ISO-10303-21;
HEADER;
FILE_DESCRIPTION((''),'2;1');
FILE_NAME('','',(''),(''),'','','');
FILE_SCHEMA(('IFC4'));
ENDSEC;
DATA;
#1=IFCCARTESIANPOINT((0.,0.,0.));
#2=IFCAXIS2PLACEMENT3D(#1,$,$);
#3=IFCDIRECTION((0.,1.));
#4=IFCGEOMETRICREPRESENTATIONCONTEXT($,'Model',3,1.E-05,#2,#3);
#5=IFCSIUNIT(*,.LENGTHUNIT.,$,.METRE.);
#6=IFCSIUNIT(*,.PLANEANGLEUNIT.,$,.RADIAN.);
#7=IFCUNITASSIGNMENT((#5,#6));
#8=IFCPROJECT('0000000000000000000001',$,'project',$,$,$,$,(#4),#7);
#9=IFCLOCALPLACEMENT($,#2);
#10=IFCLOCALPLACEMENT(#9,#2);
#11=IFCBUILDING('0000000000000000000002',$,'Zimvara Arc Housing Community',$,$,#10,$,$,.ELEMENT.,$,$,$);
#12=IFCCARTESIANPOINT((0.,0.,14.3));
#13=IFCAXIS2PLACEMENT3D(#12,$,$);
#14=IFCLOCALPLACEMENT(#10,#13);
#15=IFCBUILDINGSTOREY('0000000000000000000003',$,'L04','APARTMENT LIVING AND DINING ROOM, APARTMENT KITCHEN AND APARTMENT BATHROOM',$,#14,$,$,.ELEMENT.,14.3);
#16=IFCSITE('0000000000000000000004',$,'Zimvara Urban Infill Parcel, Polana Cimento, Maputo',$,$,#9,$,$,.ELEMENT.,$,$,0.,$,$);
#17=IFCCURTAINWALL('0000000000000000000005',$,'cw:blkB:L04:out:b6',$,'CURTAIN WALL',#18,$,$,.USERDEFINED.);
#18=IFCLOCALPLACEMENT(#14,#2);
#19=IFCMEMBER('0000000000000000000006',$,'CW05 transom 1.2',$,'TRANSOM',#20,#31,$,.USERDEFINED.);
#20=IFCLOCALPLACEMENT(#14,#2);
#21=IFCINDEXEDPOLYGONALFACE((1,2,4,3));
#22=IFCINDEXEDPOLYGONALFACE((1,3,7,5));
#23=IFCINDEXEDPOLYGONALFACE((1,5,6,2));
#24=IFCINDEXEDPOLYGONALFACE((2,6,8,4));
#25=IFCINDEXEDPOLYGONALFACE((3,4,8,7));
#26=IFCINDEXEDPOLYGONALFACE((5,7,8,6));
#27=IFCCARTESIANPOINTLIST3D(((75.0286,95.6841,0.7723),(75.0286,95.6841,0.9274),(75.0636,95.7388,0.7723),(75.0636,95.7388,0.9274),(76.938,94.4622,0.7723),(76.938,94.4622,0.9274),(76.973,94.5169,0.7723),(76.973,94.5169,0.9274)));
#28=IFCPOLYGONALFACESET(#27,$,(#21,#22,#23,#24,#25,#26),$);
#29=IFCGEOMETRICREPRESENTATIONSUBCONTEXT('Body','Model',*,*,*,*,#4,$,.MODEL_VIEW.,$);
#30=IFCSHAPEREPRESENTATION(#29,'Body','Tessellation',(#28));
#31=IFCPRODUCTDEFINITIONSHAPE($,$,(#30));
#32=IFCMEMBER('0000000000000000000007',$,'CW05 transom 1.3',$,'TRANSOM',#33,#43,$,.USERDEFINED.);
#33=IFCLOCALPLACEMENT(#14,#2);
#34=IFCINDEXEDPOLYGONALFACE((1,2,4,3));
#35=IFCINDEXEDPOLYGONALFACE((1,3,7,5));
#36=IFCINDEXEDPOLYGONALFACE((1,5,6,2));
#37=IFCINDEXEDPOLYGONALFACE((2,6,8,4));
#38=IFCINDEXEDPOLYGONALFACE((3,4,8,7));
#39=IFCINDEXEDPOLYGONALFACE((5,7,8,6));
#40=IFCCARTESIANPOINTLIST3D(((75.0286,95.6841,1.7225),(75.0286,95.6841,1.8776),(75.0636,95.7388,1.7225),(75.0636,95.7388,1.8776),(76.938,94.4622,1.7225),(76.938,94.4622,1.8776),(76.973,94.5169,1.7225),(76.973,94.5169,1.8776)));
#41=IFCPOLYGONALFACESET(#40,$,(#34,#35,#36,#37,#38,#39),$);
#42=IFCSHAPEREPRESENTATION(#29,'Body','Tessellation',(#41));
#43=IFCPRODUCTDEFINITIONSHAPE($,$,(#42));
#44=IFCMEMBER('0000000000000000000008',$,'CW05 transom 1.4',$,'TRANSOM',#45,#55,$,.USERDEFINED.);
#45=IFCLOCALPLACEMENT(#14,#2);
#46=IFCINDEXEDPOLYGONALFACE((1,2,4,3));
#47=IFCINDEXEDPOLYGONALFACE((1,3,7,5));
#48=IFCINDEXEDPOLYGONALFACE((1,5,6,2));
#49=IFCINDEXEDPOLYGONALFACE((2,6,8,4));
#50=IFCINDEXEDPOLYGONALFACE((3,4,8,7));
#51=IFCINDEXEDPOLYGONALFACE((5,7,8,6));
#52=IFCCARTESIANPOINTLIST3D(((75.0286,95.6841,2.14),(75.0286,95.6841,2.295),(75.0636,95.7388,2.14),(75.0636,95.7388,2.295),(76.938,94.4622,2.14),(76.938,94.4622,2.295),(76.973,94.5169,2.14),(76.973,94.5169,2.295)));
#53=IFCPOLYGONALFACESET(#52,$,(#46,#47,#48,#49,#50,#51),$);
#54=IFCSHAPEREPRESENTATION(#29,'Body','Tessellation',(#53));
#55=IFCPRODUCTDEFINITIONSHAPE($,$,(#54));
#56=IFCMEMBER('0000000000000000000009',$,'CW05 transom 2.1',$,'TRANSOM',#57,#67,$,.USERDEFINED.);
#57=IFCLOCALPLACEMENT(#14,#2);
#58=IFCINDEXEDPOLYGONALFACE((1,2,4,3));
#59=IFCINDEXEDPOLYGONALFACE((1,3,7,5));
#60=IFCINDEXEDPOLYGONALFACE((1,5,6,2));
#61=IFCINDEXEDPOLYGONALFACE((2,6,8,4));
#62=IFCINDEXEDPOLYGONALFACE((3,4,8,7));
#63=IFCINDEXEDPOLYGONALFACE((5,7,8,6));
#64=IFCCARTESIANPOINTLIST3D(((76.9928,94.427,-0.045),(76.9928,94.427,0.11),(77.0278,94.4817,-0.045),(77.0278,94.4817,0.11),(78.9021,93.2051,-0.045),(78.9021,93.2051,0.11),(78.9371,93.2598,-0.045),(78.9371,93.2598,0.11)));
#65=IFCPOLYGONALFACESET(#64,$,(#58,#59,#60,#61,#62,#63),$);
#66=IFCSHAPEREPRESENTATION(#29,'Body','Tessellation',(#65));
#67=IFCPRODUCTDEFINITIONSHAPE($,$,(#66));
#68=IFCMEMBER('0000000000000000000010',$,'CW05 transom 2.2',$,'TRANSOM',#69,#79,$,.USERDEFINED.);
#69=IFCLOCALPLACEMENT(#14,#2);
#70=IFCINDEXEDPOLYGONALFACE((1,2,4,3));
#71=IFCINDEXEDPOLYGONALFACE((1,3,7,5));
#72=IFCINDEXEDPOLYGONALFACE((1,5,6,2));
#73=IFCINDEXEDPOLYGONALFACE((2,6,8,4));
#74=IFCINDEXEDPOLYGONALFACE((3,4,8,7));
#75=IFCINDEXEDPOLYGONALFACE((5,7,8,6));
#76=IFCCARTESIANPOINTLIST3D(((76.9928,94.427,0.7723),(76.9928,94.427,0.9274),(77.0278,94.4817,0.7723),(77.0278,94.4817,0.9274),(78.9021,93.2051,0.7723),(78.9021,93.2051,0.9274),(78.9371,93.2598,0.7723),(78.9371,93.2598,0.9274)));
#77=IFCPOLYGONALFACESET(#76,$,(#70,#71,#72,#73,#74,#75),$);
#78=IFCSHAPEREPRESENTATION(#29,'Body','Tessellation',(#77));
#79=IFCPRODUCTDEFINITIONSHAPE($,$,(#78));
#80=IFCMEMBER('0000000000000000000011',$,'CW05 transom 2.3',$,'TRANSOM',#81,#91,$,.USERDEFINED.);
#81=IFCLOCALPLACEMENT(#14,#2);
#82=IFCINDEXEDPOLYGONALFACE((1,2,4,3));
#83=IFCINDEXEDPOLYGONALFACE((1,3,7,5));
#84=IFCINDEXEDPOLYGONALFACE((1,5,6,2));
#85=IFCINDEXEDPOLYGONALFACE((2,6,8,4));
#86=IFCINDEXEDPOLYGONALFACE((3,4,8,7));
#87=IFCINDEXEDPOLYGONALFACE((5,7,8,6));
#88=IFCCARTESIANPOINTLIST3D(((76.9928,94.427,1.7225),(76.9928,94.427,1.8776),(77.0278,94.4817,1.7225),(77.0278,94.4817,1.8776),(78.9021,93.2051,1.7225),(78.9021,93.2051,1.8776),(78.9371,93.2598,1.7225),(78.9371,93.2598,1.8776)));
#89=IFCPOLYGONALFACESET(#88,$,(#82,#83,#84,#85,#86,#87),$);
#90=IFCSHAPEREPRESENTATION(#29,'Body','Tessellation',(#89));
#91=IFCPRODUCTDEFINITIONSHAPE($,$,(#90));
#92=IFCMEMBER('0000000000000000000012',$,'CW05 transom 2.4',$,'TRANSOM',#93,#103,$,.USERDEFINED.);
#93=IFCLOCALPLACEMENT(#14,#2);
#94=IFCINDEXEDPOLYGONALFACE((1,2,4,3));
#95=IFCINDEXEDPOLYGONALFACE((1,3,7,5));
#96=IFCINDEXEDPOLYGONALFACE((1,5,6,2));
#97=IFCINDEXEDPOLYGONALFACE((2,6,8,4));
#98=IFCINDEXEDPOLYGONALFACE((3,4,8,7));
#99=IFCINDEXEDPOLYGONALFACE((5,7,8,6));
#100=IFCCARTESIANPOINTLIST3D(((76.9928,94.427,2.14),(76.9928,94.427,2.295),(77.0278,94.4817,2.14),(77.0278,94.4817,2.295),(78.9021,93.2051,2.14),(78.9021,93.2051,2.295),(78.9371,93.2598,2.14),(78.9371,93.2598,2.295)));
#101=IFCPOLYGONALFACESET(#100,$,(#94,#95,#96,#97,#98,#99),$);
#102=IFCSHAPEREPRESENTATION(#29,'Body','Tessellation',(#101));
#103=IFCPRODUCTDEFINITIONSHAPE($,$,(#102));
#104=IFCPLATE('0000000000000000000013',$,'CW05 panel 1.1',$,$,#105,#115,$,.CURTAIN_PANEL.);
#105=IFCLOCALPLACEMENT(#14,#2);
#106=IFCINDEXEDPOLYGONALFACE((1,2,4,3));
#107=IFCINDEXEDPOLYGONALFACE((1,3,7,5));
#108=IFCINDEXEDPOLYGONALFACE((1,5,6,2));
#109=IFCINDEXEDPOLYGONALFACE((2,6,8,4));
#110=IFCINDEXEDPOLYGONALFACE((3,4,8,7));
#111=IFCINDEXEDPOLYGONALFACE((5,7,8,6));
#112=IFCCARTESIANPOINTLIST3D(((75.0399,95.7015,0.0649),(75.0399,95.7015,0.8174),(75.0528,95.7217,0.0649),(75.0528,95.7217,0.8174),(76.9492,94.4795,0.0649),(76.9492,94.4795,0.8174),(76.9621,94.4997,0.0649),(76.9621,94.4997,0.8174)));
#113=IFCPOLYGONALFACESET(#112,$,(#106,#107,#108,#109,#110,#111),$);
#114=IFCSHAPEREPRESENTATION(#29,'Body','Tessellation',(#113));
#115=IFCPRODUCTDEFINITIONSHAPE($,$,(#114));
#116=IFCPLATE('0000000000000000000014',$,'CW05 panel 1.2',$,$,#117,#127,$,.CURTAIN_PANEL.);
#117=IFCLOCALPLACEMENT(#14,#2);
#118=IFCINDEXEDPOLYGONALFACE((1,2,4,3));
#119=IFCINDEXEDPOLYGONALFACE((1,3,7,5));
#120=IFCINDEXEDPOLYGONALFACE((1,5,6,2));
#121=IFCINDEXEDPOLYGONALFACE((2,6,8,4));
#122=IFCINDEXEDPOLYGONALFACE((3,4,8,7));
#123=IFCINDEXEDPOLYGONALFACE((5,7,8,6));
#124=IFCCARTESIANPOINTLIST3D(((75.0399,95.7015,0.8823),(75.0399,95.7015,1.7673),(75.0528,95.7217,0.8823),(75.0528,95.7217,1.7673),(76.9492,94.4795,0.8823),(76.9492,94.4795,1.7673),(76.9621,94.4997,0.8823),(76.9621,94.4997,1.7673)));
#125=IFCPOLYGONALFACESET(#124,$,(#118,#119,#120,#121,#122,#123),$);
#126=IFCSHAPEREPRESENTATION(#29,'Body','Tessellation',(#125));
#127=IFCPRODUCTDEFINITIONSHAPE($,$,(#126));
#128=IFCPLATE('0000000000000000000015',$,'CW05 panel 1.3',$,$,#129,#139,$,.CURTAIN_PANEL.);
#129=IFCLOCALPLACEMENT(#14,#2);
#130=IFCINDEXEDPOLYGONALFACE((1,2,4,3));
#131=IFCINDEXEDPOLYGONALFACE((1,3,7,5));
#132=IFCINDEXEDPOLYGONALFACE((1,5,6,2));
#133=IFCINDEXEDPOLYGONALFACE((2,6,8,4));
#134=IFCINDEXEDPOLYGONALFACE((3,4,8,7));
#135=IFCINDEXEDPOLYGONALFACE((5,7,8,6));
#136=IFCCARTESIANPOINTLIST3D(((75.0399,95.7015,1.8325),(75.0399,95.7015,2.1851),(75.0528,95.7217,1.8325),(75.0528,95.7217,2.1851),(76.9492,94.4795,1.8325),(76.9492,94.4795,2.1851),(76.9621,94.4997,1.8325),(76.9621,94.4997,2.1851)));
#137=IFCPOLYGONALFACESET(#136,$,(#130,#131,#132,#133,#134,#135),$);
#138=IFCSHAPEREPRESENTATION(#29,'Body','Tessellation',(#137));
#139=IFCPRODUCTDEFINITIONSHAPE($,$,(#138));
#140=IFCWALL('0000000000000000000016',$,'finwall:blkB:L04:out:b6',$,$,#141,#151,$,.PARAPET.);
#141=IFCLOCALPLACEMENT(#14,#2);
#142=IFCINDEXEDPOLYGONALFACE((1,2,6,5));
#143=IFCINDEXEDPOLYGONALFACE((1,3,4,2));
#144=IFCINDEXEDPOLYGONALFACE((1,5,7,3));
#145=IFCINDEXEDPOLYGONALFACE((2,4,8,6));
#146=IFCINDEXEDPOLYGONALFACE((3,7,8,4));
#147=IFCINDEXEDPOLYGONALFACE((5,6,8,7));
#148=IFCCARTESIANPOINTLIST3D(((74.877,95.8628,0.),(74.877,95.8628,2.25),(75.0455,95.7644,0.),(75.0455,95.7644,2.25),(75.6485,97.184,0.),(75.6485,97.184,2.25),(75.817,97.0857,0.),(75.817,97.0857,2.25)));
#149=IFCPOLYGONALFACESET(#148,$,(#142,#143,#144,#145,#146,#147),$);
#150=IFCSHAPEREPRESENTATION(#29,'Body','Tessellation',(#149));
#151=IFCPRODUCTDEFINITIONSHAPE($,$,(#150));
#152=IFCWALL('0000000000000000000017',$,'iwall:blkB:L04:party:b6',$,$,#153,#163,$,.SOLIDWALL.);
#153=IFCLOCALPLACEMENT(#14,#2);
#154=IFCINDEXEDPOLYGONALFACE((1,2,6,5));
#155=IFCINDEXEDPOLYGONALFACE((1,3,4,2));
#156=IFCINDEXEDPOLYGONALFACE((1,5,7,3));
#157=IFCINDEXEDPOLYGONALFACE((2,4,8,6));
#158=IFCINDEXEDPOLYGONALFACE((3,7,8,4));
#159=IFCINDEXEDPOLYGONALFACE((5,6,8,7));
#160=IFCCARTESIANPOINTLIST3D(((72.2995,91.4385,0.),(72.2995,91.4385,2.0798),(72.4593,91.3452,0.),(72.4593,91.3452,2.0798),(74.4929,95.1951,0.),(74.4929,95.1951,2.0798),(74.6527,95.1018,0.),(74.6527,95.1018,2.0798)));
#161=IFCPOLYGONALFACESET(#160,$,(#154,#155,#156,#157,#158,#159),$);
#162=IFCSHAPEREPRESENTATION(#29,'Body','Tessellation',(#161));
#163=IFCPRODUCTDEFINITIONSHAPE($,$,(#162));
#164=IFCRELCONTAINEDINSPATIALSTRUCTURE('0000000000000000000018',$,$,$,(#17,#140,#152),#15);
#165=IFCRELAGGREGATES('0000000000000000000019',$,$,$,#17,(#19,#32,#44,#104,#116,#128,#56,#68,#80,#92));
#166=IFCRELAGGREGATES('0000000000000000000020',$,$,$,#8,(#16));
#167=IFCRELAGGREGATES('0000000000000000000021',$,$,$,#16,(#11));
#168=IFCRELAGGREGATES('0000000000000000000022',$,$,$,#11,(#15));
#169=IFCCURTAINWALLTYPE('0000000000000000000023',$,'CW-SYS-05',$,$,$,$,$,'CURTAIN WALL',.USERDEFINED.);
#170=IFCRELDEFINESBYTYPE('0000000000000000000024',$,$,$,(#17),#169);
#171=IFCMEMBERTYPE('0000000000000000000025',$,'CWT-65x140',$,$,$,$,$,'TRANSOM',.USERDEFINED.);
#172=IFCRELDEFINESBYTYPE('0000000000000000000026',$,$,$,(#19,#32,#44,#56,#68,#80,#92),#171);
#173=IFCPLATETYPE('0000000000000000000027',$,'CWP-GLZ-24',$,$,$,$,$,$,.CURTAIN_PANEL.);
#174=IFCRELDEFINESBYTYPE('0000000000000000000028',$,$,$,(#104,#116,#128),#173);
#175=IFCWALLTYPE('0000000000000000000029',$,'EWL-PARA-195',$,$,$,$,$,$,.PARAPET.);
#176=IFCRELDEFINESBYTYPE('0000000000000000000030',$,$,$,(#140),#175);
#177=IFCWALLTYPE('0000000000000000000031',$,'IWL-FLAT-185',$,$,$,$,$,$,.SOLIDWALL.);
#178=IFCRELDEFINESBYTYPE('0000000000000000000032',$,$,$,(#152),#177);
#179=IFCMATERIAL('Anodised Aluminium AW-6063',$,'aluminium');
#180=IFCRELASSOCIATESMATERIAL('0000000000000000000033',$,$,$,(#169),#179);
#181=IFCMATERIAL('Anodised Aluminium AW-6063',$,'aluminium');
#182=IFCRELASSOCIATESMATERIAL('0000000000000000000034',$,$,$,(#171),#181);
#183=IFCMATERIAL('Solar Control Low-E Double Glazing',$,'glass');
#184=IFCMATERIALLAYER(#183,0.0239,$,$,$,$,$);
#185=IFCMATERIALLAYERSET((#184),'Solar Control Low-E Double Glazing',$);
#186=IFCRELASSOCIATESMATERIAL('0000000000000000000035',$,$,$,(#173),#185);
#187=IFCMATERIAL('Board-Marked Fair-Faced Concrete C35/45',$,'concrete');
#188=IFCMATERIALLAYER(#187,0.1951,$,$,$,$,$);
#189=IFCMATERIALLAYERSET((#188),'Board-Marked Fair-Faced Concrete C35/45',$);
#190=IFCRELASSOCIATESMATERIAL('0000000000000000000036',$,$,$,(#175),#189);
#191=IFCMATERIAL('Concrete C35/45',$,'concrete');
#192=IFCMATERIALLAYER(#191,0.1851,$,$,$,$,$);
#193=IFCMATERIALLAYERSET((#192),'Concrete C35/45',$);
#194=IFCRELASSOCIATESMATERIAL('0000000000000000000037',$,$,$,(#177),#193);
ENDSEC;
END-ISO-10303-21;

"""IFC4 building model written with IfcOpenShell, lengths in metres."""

from ifc_helpers import new_model, si_unit, direction, frame, frame_2d, origin, origin_2d, place, context, subcontext, project, spatial, rectangle, extrude, material, layer, layer_set, material_profile, profile_set, type_object, element, aggregate, save


model = new_model("IFC4")

# Units and contexts
model_context = context("Model", 3, precision=1e-05, world=origin(), true_north=direction((0.0, 1.0)))
body_context = subcontext(model_context, "Body", "Model", "MODEL_VIEW")
ifc_project = project(units=[si_unit("LENGTHUNIT", "METRE"), si_unit("PLANEANGLEUNIT", "RADIAN")], contexts=[model_context])

# Site, building, storey
site_placement = place(None, origin())
site = spatial("IfcSite", under=ifc_project, at=site_placement, Name="Zimvara Urban Infill Parcel, Polana Cimento, Maputo", CompositionType="ELEMENT", RefElevation=0.0)
building_placement = place(site_placement, origin())
building = spatial("IfcBuilding", under=site, at=building_placement, Name="Zimvara Arc Housing Community", CompositionType="ELEMENT")
storey_placement = place(building_placement, frame((0.0, 0.0, 14.3)))
storey = spatial("IfcBuildingStorey", under=building, at=storey_placement, Name="L04", Description="APARTMENT LIVING AND DINING ROOM, APARTMENT KITCHEN AND APARTMENT BATHROOM", CompositionType="ELEMENT", Elevation=14.3)

# Curtain wall, members, plates
ifc_material_1 = material(Name="Anodised Aluminium AW-6063", Category="aluminium")
curtain_wall_type_1 = type_object("IfcCurtainWallType", Name="CW-SYS-05", ElementType="CURTAIN WALL", PredefinedType="USERDEFINED", material=ifc_material_1)
curtain_wall_1_placement = place(storey_placement, origin())
curtain_wall_1 = element("IfcCurtainWall", 1, at=curtain_wall_1_placement, inside=storey, type_object=curtain_wall_type_1, Name="cw:blkB:L04:out:b6", ObjectType="CURTAIN WALL", PredefinedType="USERDEFINED")
ifc_material_2 = material(Name="Anodised Aluminium AW-6063", Category="aluminium")
ifc_material_profile_1 = material_profile(ifc_material_2, rectangle(XDim=0.0649, YDim=0.155, at=origin_2d()), Name="ALU 65x155")
ifc_profile_set_1 = profile_set([ifc_material_profile_1], Name="Anodised Aluminium AW-6063")
member_type_1 = type_object("IfcMemberType", Name="CWT-65x140", ElementType="TRANSOM", PredefinedType="USERDEFINED", material=ifc_profile_set_1)
member_1_placement = place(storey_placement, frame((75.0461, 95.7114, 0.8499), z_axis=(0.842293, -0.53902, 0.0), x_axis=(0.53902, 0.842293, 0.0)))
member_1 = element("IfcMember", 2, at=member_1_placement, type_object=member_type_1, Name="CW05 transom 1.2", ObjectType="TRANSOM", PredefinedType="USERDEFINED", context=body_context, shape_type="SweptSolid", body=[
    extrude(rectangle(XDim=0.0649, YDim=0.155, at=origin_2d()), origin(), (0.0, 0.0, 1.0), 2.2668),
])
member_2_placement = place(storey_placement, frame((75.0461, 95.7114, 1.8), z_axis=(0.842293, -0.53902, 0.0), x_axis=(0.53902, 0.842293, 0.0)))
member_2 = element("IfcMember", 3, at=member_2_placement, type_object=member_type_1, Name="CW05 transom 1.3", ObjectType="TRANSOM", PredefinedType="USERDEFINED", context=body_context, shape_type="SweptSolid", body=[
    extrude(rectangle(XDim=0.0649, YDim=0.155, at=origin_2d()), origin(), (0.0, 0.0, 1.0), 2.2668),
])
member_3_placement = place(storey_placement, frame((75.0461, 95.7114, 2.2175), z_axis=(0.842293, -0.53902, 0.0), x_axis=(0.53902, 0.842293, 0.0)))
member_3 = element("IfcMember", 4, at=member_3_placement, type_object=member_type_1, Name="CW05 transom 1.4", ObjectType="TRANSOM", PredefinedType="USERDEFINED", context=body_context, shape_type="SweptSolid", body=[
    extrude(rectangle(XDim=0.0649, YDim=0.155, at=origin_2d()), origin(), (0.0, 0.0, 1.0), 2.2668),
])
member_4_placement = place(storey_placement, frame((77.0103, 94.4543, 0.0325), z_axis=(0.842293, -0.53902, 0.0), x_axis=(0.53902, 0.842293, 0.0)))
member_4 = element("IfcMember", 5, at=member_4_placement, type_object=member_type_1, Name="CW05 transom 2.1", ObjectType="TRANSOM", PredefinedType="USERDEFINED", context=body_context, shape_type="SweptSolid", body=[
    extrude(rectangle(XDim=0.0649, YDim=0.155, at=origin_2d()), origin(), (0.0, 0.0, 1.0), 2.2668),
])
member_5_placement = place(storey_placement, frame((77.0103, 94.4543, 0.8499), z_axis=(0.842293, -0.53902, 0.0), x_axis=(0.53902, 0.842293, 0.0)))
member_5 = element("IfcMember", 6, at=member_5_placement, type_object=member_type_1, Name="CW05 transom 2.2", ObjectType="TRANSOM", PredefinedType="USERDEFINED", context=body_context, shape_type="SweptSolid", body=[
    extrude(rectangle(XDim=0.0649, YDim=0.155, at=origin_2d()), origin(), (0.0, 0.0, 1.0), 2.2668),
])
member_6_placement = place(storey_placement, frame((77.0103, 94.4543, 1.8), z_axis=(0.842293, -0.53902, 0.0), x_axis=(0.53902, 0.842293, 0.0)))
member_6 = element("IfcMember", 7, at=member_6_placement, type_object=member_type_1, Name="CW05 transom 2.3", ObjectType="TRANSOM", PredefinedType="USERDEFINED", context=body_context, shape_type="SweptSolid", body=[
    extrude(rectangle(XDim=0.0649, YDim=0.155, at=origin_2d()), origin(), (0.0, 0.0, 1.0), 2.2668),
])
member_7_placement = place(storey_placement, frame((77.0103, 94.4543, 2.2175), z_axis=(0.842293, -0.53902, 0.0), x_axis=(0.53902, 0.842293, 0.0)))
member_7 = element("IfcMember", 8, at=member_7_placement, type_object=member_type_1, Name="CW05 transom 2.4", ObjectType="TRANSOM", PredefinedType="USERDEFINED", context=body_context, shape_type="SweptSolid", body=[
    extrude(rectangle(XDim=0.0649, YDim=0.155, at=origin_2d()), origin(), (0.0, 0.0, 1.0), 2.2668),
])
ifc_material_3 = material(Name="Solar Control Low-E Double Glazing", Category="glass")
ifc_layer_1 = layer(ifc_material_3, 0.0239)
ifc_layer_set_1 = layer_set([ifc_layer_1], Name="Solar Control Low-E Double Glazing")
plate_type = type_object("IfcPlateType", Name="CWP-GLZ-24", PredefinedType="CURTAIN_PANEL", material=ifc_layer_set_1)
plate_1_placement = place(storey_placement, frame((76.001, 95.1006, 0.0649), z_axis=(0.0, 0.0, 1.0), x_axis=(0.842264, -0.539065, 0.0)))
plate_1 = element("IfcPlate", 9, at=plate_1_placement, type_object=plate_type, Name="CW05 panel 1.1", PredefinedType="CURTAIN_PANEL", context=body_context, shape_type="SweptSolid", body=[
    extrude(rectangle(XDim=2.2668, YDim=0.0239, at=origin_2d()), origin(), (0.0, 0.0, 1.0), 0.7524),
])
plate_2_placement = place(storey_placement, frame((76.001, 95.1006, 0.8823), z_axis=(0.0, 0.0, 1.0), x_axis=(0.842264, -0.539065, 0.0)))
plate_2 = element("IfcPlate", 10, at=plate_2_placement, type_object=plate_type, Name="CW05 panel 1.2", PredefinedType="CURTAIN_PANEL", context=body_context, shape_type="SweptSolid", body=[
    extrude(rectangle(XDim=2.2668, YDim=0.0239, at=origin_2d()), origin(), (0.0, 0.0, 1.0), 0.885),
])
plate_3_placement = place(storey_placement, frame((76.001, 95.1006, 1.8325), z_axis=(0.0, 0.0, 1.0), x_axis=(0.842264, -0.539065, 0.0)))
plate_3 = element("IfcPlate", 11, at=plate_3_placement, type_object=plate_type, Name="CW05 panel 1.3", PredefinedType="CURTAIN_PANEL", context=body_context, shape_type="SweptSolid", body=[
    extrude(rectangle(XDim=2.2668, YDim=0.0239, at=origin_2d()), origin(), (0.0, 0.0, 1.0), 0.3525),
])
aggregate(curtain_wall_1, [member_1, member_2, member_3, plate_1, plate_2, plate_3, member_4, member_5, member_6, member_7])

# Walls
ifc_material_4 = material(Name="Board-Marked Fair-Faced Concrete C35/45", Category="concrete")
ifc_layer_2 = layer(ifc_material_4, 0.1951)
ifc_layer_set_2 = layer_set([ifc_layer_2], Name="Board-Marked Fair-Faced Concrete C35/45")
wall_type_1 = type_object("IfcWallType", Name="EWL-PARA-195", PredefinedType="PARAPET", material=ifc_layer_set_2)
wall_1_placement = place(storey_placement, frame((74.9612, 95.8135, 0.0), z_axis=(0.0, 0.0, 1.0), x_axis=(0.504228, 0.86357, 0.0)))
element("IfcWall", 12, at=wall_1_placement, inside=storey, type_object=wall_type_1, Name="finwall:blkB:L04:out:b6", PredefinedType="PARAPET", context=body_context, shape_type="SweptSolid", body=[
    extrude(rectangle(XDim=1.53, YDim=0.1951, at=frame_2d((0.7651, 0.0))), origin(), (0.0, 0.0, 1.0), 2.25),
])
ifc_material_5 = material(Name="Concrete C35/45", Category="concrete")
ifc_layer_3 = layer(ifc_material_5, 0.1851)
ifc_layer_set_3 = layer_set([ifc_layer_3], Name="Concrete C35/45")
wall_type_2 = type_object("IfcWallType", Name="IWL-FLAT-185", PredefinedType="SOLIDWALL", material=ifc_layer_set_3)
wall_2_placement = place(storey_placement, frame((72.3794, 91.3918, 0.0), z_axis=(0.0, 0.0, 1.0), x_axis=(0.504216, 0.863577, 0.0)))
element("IfcWall", 13, at=wall_2_placement, inside=storey, type_object=wall_type_2, Name="iwall:blkB:L04:party:b6", PredefinedType="SOLIDWALL", context=body_context, shape_type="SweptSolid", body=[
    extrude(rectangle(XDim=4.3501, YDim=0.1851, at=frame_2d((2.175, 0.0))), origin(), (0.0, 0.0, 1.0), 2.0798),
])

save(model, "model.ifc")
